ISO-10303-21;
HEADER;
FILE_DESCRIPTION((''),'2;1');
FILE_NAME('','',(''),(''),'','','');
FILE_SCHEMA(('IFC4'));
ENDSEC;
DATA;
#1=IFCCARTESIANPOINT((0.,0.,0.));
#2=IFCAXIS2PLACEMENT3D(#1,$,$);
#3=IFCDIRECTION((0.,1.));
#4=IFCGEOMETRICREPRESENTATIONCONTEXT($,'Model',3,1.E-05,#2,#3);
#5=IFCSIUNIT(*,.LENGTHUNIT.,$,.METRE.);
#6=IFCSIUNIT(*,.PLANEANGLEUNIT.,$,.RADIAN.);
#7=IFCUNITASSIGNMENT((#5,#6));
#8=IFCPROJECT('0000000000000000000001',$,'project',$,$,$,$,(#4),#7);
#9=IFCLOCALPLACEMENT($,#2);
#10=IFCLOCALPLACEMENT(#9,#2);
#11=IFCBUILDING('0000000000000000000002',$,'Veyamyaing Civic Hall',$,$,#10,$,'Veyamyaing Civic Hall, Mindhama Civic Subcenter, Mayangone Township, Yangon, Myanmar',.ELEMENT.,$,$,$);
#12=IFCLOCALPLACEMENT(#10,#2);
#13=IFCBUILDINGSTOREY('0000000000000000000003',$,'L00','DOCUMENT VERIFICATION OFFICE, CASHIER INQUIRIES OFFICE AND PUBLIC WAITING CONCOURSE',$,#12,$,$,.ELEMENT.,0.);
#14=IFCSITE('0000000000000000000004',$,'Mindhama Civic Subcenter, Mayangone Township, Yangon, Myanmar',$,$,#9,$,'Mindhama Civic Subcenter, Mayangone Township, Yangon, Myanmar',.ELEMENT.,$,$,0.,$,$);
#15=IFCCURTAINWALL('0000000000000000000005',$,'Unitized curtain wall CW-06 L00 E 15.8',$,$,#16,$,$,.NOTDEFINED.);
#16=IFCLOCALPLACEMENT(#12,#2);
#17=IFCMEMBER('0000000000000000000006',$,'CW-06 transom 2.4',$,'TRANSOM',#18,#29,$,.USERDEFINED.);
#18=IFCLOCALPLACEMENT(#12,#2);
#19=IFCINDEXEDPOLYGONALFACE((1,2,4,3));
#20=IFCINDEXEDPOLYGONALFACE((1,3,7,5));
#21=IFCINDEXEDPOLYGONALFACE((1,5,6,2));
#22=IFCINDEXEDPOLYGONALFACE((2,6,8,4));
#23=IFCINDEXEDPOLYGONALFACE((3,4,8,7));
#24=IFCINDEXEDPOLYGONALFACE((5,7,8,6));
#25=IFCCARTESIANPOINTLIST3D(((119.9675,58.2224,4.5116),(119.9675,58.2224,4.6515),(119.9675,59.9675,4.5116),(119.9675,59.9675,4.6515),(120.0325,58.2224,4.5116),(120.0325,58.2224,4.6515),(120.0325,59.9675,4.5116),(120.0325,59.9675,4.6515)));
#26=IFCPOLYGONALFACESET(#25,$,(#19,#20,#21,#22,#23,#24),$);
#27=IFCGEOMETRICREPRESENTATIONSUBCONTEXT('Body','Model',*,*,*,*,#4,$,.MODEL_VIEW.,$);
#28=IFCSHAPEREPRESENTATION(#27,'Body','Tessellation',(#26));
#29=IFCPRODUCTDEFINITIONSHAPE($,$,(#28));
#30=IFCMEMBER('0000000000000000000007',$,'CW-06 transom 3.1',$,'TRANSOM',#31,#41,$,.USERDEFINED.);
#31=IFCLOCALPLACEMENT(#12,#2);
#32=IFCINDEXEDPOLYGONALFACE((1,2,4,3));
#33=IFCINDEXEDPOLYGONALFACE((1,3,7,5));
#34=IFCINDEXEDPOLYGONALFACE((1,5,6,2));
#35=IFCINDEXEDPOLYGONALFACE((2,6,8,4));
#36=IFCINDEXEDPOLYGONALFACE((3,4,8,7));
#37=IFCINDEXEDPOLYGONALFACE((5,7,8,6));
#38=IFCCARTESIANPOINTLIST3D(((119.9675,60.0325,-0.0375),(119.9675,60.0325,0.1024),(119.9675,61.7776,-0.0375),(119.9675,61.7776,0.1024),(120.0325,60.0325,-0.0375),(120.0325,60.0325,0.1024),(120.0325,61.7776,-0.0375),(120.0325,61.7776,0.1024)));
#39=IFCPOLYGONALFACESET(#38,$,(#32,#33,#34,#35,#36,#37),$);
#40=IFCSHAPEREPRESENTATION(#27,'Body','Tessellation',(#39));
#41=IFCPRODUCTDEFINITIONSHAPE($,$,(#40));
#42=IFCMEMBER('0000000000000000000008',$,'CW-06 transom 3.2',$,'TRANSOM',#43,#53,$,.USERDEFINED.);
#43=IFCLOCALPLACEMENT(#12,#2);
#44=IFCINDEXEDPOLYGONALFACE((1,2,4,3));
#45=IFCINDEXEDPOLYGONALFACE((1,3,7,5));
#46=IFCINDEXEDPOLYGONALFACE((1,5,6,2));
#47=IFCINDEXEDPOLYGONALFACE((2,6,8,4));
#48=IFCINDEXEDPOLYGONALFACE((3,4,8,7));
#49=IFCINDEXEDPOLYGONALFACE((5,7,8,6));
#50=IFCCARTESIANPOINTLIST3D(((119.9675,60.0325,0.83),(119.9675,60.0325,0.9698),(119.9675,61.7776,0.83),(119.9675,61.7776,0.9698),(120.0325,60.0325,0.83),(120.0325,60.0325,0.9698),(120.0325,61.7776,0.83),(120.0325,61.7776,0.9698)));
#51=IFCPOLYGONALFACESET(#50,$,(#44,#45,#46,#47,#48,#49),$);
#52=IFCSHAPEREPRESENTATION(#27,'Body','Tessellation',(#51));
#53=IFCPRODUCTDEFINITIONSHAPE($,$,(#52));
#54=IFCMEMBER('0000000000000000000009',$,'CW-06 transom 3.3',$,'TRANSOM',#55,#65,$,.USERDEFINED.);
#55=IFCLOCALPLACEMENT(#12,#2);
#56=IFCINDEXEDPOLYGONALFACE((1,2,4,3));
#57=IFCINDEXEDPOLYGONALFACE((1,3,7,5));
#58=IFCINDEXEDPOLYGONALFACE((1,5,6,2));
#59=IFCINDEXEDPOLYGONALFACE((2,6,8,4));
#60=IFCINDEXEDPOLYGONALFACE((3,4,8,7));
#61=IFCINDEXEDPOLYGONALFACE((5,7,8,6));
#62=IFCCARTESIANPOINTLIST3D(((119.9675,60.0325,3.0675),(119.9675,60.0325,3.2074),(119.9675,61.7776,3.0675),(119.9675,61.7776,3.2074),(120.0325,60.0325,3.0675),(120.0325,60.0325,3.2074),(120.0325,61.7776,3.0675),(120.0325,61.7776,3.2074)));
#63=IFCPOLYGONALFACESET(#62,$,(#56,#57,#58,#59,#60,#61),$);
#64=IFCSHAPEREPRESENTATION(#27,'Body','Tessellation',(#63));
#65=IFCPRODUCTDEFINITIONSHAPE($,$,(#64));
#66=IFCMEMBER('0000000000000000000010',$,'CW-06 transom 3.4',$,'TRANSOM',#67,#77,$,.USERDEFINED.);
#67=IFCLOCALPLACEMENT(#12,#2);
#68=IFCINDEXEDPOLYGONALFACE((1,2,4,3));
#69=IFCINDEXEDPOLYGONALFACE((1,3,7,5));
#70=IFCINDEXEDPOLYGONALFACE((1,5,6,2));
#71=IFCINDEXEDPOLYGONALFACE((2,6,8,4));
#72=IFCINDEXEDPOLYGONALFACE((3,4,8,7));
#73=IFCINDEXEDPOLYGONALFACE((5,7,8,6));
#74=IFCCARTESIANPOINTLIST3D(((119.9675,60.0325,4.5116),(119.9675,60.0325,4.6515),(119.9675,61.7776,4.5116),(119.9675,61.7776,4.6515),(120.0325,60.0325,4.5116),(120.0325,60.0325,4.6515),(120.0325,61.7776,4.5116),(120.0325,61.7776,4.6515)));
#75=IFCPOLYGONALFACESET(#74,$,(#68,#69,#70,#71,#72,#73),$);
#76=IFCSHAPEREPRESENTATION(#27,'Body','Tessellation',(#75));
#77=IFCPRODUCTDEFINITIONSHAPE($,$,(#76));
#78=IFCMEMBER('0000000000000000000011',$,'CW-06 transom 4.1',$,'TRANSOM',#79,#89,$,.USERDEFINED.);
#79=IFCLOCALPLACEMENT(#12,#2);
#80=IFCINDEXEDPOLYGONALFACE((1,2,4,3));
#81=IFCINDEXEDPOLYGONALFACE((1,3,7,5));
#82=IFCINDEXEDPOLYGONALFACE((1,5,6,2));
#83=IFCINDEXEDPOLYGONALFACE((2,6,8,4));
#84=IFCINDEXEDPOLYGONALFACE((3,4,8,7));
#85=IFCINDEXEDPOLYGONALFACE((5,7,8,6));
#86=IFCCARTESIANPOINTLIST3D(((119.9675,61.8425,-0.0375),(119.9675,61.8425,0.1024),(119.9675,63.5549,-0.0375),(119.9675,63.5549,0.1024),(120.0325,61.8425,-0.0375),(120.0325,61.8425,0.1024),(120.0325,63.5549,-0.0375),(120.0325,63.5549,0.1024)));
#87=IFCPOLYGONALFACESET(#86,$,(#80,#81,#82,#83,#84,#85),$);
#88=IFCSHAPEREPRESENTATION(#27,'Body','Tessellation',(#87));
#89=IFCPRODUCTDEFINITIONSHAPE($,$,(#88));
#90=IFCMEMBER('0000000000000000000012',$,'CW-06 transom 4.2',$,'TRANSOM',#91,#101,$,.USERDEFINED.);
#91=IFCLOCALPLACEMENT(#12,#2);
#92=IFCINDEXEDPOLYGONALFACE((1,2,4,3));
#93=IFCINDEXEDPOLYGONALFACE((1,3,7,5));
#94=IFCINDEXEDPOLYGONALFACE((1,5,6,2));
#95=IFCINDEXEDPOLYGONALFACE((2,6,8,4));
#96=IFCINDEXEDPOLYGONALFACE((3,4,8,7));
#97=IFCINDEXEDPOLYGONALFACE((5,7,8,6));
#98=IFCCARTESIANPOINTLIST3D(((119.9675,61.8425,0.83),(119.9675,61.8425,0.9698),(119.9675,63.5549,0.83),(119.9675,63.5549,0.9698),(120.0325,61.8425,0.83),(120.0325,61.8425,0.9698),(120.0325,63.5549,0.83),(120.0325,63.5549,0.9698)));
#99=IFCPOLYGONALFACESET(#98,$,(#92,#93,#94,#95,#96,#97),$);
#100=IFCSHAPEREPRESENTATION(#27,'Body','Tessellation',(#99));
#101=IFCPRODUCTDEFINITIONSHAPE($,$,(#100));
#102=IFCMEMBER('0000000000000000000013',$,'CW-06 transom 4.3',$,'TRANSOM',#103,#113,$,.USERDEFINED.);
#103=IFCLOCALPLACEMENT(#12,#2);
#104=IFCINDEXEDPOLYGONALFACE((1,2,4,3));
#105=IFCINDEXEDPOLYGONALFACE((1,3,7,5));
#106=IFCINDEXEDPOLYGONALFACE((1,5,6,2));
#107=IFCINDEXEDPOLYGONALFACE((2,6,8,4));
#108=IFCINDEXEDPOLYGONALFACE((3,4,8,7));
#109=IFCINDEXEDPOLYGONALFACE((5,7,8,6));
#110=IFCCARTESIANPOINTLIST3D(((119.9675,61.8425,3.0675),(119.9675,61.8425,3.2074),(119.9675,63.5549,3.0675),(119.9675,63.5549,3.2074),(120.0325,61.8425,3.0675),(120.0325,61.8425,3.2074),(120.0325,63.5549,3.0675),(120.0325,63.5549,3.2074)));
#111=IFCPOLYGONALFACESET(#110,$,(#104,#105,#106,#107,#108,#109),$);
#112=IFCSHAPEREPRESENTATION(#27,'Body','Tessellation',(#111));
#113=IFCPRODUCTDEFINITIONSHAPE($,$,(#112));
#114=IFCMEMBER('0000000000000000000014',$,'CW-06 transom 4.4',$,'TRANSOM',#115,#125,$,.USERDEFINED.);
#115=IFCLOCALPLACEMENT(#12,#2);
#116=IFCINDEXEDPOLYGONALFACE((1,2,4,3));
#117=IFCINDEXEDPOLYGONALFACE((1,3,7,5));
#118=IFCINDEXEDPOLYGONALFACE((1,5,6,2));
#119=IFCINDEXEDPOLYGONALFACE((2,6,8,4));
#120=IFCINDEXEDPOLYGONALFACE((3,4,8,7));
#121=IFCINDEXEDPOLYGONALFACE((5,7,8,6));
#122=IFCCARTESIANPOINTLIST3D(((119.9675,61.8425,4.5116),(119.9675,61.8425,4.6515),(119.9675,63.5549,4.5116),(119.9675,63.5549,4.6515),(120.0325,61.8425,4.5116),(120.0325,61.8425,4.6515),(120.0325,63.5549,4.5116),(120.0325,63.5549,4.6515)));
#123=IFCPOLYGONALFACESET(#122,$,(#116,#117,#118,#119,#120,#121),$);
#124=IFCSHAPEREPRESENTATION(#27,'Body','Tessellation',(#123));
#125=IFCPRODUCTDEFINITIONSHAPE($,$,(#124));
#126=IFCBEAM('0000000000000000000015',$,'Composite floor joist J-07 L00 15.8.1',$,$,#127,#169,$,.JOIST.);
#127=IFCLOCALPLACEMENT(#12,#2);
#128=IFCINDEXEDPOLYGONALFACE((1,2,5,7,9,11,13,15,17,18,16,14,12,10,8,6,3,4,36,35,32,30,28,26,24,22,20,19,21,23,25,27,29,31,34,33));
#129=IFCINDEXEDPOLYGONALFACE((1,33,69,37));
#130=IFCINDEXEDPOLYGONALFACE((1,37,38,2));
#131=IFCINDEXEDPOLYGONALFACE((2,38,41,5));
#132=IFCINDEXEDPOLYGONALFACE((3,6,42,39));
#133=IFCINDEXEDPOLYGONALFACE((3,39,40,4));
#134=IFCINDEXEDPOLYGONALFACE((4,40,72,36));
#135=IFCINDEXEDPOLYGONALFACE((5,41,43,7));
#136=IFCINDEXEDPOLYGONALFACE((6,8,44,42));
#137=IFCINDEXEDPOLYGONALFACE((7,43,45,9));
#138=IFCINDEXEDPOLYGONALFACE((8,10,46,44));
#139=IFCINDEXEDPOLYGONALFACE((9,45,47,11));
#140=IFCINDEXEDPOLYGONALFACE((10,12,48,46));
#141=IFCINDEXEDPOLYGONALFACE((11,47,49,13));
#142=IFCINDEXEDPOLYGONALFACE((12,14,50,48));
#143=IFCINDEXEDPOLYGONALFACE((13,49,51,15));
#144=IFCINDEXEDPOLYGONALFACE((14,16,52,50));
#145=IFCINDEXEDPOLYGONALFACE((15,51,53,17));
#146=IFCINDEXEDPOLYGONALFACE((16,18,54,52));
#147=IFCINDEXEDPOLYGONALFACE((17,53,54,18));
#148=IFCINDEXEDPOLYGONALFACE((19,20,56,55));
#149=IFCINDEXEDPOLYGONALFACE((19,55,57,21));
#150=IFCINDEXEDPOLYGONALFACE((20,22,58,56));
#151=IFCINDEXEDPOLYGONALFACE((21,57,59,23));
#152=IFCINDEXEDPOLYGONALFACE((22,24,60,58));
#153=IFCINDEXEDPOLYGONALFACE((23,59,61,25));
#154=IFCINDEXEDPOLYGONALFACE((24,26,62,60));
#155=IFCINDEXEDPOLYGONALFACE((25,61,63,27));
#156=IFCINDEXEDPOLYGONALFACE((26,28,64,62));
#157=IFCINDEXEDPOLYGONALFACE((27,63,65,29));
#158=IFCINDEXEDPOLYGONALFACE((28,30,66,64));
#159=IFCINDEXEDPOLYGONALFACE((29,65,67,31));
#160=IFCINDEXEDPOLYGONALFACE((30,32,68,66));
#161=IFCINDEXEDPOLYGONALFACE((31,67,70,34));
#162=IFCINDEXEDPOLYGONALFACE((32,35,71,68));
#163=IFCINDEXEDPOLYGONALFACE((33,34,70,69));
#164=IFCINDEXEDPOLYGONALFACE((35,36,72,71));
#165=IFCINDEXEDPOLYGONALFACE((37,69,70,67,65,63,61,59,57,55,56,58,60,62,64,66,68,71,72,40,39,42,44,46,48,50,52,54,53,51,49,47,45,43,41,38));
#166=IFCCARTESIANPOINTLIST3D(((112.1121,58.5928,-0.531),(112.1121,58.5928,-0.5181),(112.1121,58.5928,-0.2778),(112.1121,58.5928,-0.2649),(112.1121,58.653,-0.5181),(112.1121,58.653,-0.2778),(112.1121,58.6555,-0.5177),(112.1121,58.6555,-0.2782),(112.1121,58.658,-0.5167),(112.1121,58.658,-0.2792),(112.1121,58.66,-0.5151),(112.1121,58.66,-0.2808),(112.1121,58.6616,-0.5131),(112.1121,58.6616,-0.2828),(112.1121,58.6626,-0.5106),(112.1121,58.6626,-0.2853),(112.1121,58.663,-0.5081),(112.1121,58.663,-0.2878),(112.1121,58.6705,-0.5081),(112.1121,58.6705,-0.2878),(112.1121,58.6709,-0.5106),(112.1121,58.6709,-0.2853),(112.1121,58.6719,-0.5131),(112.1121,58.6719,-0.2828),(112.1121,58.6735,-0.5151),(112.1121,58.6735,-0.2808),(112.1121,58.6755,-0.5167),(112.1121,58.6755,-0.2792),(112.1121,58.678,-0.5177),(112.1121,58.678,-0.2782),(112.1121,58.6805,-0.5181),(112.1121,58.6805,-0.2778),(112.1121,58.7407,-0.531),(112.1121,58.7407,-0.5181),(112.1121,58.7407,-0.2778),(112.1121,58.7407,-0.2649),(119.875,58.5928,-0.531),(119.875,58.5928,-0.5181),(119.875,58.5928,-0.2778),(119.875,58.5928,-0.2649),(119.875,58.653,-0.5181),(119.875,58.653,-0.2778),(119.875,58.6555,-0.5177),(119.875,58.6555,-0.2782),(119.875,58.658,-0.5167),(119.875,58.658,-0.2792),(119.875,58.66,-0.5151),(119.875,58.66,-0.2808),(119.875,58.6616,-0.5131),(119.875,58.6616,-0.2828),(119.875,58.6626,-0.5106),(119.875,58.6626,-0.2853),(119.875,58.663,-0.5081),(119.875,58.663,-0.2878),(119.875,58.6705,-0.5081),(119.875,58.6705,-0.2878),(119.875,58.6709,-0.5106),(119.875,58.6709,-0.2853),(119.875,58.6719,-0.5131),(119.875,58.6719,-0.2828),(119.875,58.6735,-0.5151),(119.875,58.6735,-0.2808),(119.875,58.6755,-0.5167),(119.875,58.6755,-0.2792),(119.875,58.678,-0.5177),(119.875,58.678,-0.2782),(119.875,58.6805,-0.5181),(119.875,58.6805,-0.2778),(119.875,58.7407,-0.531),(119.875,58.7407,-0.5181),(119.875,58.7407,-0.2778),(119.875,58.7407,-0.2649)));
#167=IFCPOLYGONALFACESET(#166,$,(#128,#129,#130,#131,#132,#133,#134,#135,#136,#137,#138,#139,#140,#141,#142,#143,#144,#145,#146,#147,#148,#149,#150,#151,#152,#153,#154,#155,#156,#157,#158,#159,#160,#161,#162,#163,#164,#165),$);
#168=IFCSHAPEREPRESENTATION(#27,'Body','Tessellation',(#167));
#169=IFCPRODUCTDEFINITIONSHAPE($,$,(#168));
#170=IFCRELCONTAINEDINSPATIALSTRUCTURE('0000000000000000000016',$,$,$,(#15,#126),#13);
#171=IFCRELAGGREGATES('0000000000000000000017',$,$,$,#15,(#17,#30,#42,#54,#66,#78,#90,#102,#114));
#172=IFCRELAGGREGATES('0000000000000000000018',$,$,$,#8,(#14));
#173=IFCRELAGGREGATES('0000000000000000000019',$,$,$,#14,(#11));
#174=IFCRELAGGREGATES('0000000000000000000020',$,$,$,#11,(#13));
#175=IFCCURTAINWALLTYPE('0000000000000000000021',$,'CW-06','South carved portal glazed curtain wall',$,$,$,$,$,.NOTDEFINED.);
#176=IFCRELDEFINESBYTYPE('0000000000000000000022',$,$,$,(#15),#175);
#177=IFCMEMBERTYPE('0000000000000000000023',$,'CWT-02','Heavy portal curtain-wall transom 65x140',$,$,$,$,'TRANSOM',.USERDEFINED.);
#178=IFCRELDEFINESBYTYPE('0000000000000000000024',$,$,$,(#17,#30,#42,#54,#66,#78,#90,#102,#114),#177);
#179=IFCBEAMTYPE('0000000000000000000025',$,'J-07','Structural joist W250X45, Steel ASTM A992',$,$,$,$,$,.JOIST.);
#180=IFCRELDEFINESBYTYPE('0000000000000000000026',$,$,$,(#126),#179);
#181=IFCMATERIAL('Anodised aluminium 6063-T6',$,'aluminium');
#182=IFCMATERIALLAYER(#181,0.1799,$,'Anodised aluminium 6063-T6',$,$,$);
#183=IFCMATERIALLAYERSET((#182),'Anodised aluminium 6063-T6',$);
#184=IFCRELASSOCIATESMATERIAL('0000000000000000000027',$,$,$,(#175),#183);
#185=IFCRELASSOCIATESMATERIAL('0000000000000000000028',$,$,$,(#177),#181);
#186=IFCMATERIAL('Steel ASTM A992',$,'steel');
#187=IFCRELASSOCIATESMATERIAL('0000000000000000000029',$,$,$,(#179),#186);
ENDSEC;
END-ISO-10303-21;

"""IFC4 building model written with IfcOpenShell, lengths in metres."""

from ifc_helpers import new_model, si_unit, direction, frame, origin, origin_2d, place, context, subcontext, project, spatial, rectangle, i_section, extrude, material, layer, layer_set, material_profile, profile_set, type_object, element, aggregate, save


model = new_model("IFC4")

# Units and contexts
model_context = context("Model", 3, precision=1e-05, world=origin(), true_north=direction((0.0, 1.0)))
body_context = subcontext(model_context, "Body", "Model", "MODEL_VIEW")
ifc_project = project(units=[si_unit("LENGTHUNIT", "METRE"), si_unit("PLANEANGLEUNIT", "RADIAN")], contexts=[model_context])

# Site, building, storey
site_placement = place(None, origin())
site = spatial("IfcSite", under=ifc_project, at=site_placement, Name="Mindhama Civic Subcenter, Mayangone Township, Yangon, Myanmar", LongName="Mindhama Civic Subcenter, Mayangone Township, Yangon, Myanmar", CompositionType="ELEMENT", RefElevation=0.0)
building_placement = place(site_placement, origin())
building = spatial("IfcBuilding", under=site, at=building_placement, Name="Veyamyaing Civic Hall", LongName="Veyamyaing Civic Hall, Mindhama Civic Subcenter, Mayangone Township, Yangon, Myanmar", CompositionType="ELEMENT")
storey_placement = place(building_placement, origin())
storey = spatial("IfcBuildingStorey", under=building, at=storey_placement, Name="L00", Description="DOCUMENT VERIFICATION OFFICE, CASHIER INQUIRIES OFFICE AND PUBLIC WAITING CONCOURSE", CompositionType="ELEMENT", Elevation=0.0)

# Shared definitions
ifc_material_1 = material(Name="Steel ASTM A992", Category="steel")

# Curtain wall, members
ifc_material_2 = material(Name="Anodised aluminium 6063-T6", Category="aluminium")
ifc_layer_1 = layer(ifc_material_2, 0.1799, Name="Anodised aluminium 6063-T6")
ifc_layer_set_1 = layer_set([ifc_layer_1], Name="Anodised aluminium 6063-T6")
curtain_wall_type = type_object("IfcCurtainWallType", Name="CW-06", Description="South carved portal glazed curtain wall", PredefinedType="NOTDEFINED", material=ifc_layer_set_1)
curtain_wall_placement = place(storey_placement, origin())
curtain_wall = element("IfcCurtainWall", 1, at=curtain_wall_placement, inside=storey, type_object=curtain_wall_type, Name="Unitized curtain wall CW-06 L00 E 15.8", PredefinedType="NOTDEFINED")
ifc_material_profile_1 = material_profile(ifc_material_2, rectangle(XDim=0.0649, YDim=0.1399, at=origin_2d()), Name="ALU-TRN-65X140")
ifc_profile_set_1 = profile_set([ifc_material_profile_1], Name="Anodised aluminium 6063-T6")
member_type_1 = type_object("IfcMemberType", Name="CWT-02", Description="Heavy portal curtain-wall transom 65x140", ElementType="TRANSOM", PredefinedType="USERDEFINED", material=ifc_profile_set_1)
member_1_placement = place(storey_placement, frame((120.0, 58.2224, 4.5815), z_axis=(0.0, 1.0, 0.0), x_axis=(-1.0, 0.0, 0.0)))
member_1 = element("IfcMember", 2, at=member_1_placement, type_object=member_type_1, Name="CW-06 transom 2.4", ObjectType="TRANSOM", PredefinedType="USERDEFINED", context=body_context, shape_type="SweptSolid", body=[
    extrude(rectangle(XDim=0.0649, YDim=0.1399, at=origin_2d()), origin(), (0.0, 0.0, 1.0), 1.7451),
])
member_2_placement = place(storey_placement, frame((120.0, 60.0325, 0.0325), z_axis=(0.0, 1.0, 0.0), x_axis=(-1.0, 0.0, 0.0)))
member_2 = element("IfcMember", 3, at=member_2_placement, type_object=member_type_1, Name="CW-06 transom 3.1", ObjectType="TRANSOM", PredefinedType="USERDEFINED", context=body_context, shape_type="SweptSolid", body=[
    extrude(rectangle(XDim=0.0649, YDim=0.1399, at=origin_2d()), origin(), (0.0, 0.0, 1.0), 1.7451),
])
member_3_placement = place(storey_placement, frame((120.0, 60.0325, 0.8999), z_axis=(0.0, 1.0, 0.0), x_axis=(-1.0, 0.0, 0.0)))
member_3 = element("IfcMember", 4, at=member_3_placement, type_object=member_type_1, Name="CW-06 transom 3.2", ObjectType="TRANSOM", PredefinedType="USERDEFINED", context=body_context, shape_type="SweptSolid", body=[
    extrude(rectangle(XDim=0.0649, YDim=0.1399, at=origin_2d()), origin(), (0.0, 0.0, 1.0), 1.7451),
])
member_4_placement = place(storey_placement, frame((120.0, 60.0325, 3.1375), z_axis=(0.0, 1.0, 0.0), x_axis=(-1.0, 0.0, 0.0)))
member_4 = element("IfcMember", 5, at=member_4_placement, type_object=member_type_1, Name="CW-06 transom 3.3", ObjectType="TRANSOM", PredefinedType="USERDEFINED", context=body_context, shape_type="SweptSolid", body=[
    extrude(rectangle(XDim=0.0649, YDim=0.1399, at=origin_2d()), origin(), (0.0, 0.0, 1.0), 1.7451),
])
member_5_placement = place(storey_placement, frame((120.0, 60.0325, 4.5815), z_axis=(0.0, 1.0, 0.0), x_axis=(-1.0, 0.0, 0.0)))
member_5 = element("IfcMember", 6, at=member_5_placement, type_object=member_type_1, Name="CW-06 transom 3.4", ObjectType="TRANSOM", PredefinedType="USERDEFINED", context=body_context, shape_type="SweptSolid", body=[
    extrude(rectangle(XDim=0.0649, YDim=0.1399, at=origin_2d()), origin(), (0.0, 0.0, 1.0), 1.7451),
])
member_6_placement = place(storey_placement, frame((120.0, 61.8425, 0.0325), z_axis=(0.0, 1.0, 0.0), x_axis=(-1.0, 0.0, 0.0)))
member_6 = element("IfcMember", 7, at=member_6_placement, type_object=member_type_1, Name="CW-06 transom 4.1", ObjectType="TRANSOM", PredefinedType="USERDEFINED", context=body_context, shape_type="SweptSolid", body=[
    extrude(rectangle(XDim=0.0649, YDim=0.1399, at=origin_2d()), origin(), (0.0, 0.0, 1.0), 1.7124),
])
member_7_placement = place(storey_placement, frame((120.0, 61.8425, 0.8999), z_axis=(0.0, 1.0, 0.0), x_axis=(-1.0, 0.0, 0.0)))
member_7 = element("IfcMember", 8, at=member_7_placement, type_object=member_type_1, Name="CW-06 transom 4.2", ObjectType="TRANSOM", PredefinedType="USERDEFINED", context=body_context, shape_type="SweptSolid", body=[
    extrude(rectangle(XDim=0.0649, YDim=0.1399, at=origin_2d()), origin(), (0.0, 0.0, 1.0), 1.7124),
])
member_8_placement = place(storey_placement, frame((120.0, 61.8425, 3.1375), z_axis=(0.0, 1.0, 0.0), x_axis=(-1.0, 0.0, 0.0)))
member_8 = element("IfcMember", 9, at=member_8_placement, type_object=member_type_1, Name="CW-06 transom 4.3", ObjectType="TRANSOM", PredefinedType="USERDEFINED", context=body_context, shape_type="SweptSolid", body=[
    extrude(rectangle(XDim=0.0649, YDim=0.1399, at=origin_2d()), origin(), (0.0, 0.0, 1.0), 1.7124),
])
member_9_placement = place(storey_placement, frame((120.0, 61.8425, 4.5815), z_axis=(0.0, 1.0, 0.0), x_axis=(-1.0, 0.0, 0.0)))
member_9 = element("IfcMember", 10, at=member_9_placement, type_object=member_type_1, Name="CW-06 transom 4.4", ObjectType="TRANSOM", PredefinedType="USERDEFINED", context=body_context, shape_type="SweptSolid", body=[
    extrude(rectangle(XDim=0.0649, YDim=0.1399, at=origin_2d()), origin(), (0.0, 0.0, 1.0), 1.7124),
])

# Beam
ifc_material_profile_2 = material_profile(ifc_material_1, i_section(OverallWidth=0.1479, OverallDepth=0.2661, WebThickness=0.0076, FlangeThickness=0.0129, FilletRadius=0.01, at=origin_2d()), Name="W250X45")
ifc_profile_set_2 = profile_set([ifc_material_profile_2], Name="Steel ASTM A992")
beam_type_1 = type_object("IfcBeamType", Name="J-07", Description="Structural joist W250X45, Steel ASTM A992", PredefinedType="JOIST", material=ifc_profile_set_2)
for number, where, z_axis, x_axis, name in (
    (11, (112.1121, 58.6667, -0.3979), (1.0, 0.0, 0.0), (0.0, 1.0, 0.0), "Composite floor joist J-07 L00 15.8.1"),
):
    element("IfcBeam", number, at=place(storey_placement, frame(where, z_axis=z_axis, x_axis=x_axis)), inside=storey, type_object=beam_type_1, Name=name, PredefinedType="JOIST", context=body_context, shape_type="SweptSolid", body=[
        extrude(i_section(OverallWidth=0.1479, OverallDepth=0.2661, WebThickness=0.0076, FlangeThickness=0.0129, FilletRadius=0.01, at=origin_2d()), origin(), (0.0, 0.0, 1.0), 7.7629),
    ])

aggregate(curtain_wall, [member_1, member_2, member_3, member_4, member_5, member_6, member_7, member_8, member_9])

save(model, "model.ifc")
